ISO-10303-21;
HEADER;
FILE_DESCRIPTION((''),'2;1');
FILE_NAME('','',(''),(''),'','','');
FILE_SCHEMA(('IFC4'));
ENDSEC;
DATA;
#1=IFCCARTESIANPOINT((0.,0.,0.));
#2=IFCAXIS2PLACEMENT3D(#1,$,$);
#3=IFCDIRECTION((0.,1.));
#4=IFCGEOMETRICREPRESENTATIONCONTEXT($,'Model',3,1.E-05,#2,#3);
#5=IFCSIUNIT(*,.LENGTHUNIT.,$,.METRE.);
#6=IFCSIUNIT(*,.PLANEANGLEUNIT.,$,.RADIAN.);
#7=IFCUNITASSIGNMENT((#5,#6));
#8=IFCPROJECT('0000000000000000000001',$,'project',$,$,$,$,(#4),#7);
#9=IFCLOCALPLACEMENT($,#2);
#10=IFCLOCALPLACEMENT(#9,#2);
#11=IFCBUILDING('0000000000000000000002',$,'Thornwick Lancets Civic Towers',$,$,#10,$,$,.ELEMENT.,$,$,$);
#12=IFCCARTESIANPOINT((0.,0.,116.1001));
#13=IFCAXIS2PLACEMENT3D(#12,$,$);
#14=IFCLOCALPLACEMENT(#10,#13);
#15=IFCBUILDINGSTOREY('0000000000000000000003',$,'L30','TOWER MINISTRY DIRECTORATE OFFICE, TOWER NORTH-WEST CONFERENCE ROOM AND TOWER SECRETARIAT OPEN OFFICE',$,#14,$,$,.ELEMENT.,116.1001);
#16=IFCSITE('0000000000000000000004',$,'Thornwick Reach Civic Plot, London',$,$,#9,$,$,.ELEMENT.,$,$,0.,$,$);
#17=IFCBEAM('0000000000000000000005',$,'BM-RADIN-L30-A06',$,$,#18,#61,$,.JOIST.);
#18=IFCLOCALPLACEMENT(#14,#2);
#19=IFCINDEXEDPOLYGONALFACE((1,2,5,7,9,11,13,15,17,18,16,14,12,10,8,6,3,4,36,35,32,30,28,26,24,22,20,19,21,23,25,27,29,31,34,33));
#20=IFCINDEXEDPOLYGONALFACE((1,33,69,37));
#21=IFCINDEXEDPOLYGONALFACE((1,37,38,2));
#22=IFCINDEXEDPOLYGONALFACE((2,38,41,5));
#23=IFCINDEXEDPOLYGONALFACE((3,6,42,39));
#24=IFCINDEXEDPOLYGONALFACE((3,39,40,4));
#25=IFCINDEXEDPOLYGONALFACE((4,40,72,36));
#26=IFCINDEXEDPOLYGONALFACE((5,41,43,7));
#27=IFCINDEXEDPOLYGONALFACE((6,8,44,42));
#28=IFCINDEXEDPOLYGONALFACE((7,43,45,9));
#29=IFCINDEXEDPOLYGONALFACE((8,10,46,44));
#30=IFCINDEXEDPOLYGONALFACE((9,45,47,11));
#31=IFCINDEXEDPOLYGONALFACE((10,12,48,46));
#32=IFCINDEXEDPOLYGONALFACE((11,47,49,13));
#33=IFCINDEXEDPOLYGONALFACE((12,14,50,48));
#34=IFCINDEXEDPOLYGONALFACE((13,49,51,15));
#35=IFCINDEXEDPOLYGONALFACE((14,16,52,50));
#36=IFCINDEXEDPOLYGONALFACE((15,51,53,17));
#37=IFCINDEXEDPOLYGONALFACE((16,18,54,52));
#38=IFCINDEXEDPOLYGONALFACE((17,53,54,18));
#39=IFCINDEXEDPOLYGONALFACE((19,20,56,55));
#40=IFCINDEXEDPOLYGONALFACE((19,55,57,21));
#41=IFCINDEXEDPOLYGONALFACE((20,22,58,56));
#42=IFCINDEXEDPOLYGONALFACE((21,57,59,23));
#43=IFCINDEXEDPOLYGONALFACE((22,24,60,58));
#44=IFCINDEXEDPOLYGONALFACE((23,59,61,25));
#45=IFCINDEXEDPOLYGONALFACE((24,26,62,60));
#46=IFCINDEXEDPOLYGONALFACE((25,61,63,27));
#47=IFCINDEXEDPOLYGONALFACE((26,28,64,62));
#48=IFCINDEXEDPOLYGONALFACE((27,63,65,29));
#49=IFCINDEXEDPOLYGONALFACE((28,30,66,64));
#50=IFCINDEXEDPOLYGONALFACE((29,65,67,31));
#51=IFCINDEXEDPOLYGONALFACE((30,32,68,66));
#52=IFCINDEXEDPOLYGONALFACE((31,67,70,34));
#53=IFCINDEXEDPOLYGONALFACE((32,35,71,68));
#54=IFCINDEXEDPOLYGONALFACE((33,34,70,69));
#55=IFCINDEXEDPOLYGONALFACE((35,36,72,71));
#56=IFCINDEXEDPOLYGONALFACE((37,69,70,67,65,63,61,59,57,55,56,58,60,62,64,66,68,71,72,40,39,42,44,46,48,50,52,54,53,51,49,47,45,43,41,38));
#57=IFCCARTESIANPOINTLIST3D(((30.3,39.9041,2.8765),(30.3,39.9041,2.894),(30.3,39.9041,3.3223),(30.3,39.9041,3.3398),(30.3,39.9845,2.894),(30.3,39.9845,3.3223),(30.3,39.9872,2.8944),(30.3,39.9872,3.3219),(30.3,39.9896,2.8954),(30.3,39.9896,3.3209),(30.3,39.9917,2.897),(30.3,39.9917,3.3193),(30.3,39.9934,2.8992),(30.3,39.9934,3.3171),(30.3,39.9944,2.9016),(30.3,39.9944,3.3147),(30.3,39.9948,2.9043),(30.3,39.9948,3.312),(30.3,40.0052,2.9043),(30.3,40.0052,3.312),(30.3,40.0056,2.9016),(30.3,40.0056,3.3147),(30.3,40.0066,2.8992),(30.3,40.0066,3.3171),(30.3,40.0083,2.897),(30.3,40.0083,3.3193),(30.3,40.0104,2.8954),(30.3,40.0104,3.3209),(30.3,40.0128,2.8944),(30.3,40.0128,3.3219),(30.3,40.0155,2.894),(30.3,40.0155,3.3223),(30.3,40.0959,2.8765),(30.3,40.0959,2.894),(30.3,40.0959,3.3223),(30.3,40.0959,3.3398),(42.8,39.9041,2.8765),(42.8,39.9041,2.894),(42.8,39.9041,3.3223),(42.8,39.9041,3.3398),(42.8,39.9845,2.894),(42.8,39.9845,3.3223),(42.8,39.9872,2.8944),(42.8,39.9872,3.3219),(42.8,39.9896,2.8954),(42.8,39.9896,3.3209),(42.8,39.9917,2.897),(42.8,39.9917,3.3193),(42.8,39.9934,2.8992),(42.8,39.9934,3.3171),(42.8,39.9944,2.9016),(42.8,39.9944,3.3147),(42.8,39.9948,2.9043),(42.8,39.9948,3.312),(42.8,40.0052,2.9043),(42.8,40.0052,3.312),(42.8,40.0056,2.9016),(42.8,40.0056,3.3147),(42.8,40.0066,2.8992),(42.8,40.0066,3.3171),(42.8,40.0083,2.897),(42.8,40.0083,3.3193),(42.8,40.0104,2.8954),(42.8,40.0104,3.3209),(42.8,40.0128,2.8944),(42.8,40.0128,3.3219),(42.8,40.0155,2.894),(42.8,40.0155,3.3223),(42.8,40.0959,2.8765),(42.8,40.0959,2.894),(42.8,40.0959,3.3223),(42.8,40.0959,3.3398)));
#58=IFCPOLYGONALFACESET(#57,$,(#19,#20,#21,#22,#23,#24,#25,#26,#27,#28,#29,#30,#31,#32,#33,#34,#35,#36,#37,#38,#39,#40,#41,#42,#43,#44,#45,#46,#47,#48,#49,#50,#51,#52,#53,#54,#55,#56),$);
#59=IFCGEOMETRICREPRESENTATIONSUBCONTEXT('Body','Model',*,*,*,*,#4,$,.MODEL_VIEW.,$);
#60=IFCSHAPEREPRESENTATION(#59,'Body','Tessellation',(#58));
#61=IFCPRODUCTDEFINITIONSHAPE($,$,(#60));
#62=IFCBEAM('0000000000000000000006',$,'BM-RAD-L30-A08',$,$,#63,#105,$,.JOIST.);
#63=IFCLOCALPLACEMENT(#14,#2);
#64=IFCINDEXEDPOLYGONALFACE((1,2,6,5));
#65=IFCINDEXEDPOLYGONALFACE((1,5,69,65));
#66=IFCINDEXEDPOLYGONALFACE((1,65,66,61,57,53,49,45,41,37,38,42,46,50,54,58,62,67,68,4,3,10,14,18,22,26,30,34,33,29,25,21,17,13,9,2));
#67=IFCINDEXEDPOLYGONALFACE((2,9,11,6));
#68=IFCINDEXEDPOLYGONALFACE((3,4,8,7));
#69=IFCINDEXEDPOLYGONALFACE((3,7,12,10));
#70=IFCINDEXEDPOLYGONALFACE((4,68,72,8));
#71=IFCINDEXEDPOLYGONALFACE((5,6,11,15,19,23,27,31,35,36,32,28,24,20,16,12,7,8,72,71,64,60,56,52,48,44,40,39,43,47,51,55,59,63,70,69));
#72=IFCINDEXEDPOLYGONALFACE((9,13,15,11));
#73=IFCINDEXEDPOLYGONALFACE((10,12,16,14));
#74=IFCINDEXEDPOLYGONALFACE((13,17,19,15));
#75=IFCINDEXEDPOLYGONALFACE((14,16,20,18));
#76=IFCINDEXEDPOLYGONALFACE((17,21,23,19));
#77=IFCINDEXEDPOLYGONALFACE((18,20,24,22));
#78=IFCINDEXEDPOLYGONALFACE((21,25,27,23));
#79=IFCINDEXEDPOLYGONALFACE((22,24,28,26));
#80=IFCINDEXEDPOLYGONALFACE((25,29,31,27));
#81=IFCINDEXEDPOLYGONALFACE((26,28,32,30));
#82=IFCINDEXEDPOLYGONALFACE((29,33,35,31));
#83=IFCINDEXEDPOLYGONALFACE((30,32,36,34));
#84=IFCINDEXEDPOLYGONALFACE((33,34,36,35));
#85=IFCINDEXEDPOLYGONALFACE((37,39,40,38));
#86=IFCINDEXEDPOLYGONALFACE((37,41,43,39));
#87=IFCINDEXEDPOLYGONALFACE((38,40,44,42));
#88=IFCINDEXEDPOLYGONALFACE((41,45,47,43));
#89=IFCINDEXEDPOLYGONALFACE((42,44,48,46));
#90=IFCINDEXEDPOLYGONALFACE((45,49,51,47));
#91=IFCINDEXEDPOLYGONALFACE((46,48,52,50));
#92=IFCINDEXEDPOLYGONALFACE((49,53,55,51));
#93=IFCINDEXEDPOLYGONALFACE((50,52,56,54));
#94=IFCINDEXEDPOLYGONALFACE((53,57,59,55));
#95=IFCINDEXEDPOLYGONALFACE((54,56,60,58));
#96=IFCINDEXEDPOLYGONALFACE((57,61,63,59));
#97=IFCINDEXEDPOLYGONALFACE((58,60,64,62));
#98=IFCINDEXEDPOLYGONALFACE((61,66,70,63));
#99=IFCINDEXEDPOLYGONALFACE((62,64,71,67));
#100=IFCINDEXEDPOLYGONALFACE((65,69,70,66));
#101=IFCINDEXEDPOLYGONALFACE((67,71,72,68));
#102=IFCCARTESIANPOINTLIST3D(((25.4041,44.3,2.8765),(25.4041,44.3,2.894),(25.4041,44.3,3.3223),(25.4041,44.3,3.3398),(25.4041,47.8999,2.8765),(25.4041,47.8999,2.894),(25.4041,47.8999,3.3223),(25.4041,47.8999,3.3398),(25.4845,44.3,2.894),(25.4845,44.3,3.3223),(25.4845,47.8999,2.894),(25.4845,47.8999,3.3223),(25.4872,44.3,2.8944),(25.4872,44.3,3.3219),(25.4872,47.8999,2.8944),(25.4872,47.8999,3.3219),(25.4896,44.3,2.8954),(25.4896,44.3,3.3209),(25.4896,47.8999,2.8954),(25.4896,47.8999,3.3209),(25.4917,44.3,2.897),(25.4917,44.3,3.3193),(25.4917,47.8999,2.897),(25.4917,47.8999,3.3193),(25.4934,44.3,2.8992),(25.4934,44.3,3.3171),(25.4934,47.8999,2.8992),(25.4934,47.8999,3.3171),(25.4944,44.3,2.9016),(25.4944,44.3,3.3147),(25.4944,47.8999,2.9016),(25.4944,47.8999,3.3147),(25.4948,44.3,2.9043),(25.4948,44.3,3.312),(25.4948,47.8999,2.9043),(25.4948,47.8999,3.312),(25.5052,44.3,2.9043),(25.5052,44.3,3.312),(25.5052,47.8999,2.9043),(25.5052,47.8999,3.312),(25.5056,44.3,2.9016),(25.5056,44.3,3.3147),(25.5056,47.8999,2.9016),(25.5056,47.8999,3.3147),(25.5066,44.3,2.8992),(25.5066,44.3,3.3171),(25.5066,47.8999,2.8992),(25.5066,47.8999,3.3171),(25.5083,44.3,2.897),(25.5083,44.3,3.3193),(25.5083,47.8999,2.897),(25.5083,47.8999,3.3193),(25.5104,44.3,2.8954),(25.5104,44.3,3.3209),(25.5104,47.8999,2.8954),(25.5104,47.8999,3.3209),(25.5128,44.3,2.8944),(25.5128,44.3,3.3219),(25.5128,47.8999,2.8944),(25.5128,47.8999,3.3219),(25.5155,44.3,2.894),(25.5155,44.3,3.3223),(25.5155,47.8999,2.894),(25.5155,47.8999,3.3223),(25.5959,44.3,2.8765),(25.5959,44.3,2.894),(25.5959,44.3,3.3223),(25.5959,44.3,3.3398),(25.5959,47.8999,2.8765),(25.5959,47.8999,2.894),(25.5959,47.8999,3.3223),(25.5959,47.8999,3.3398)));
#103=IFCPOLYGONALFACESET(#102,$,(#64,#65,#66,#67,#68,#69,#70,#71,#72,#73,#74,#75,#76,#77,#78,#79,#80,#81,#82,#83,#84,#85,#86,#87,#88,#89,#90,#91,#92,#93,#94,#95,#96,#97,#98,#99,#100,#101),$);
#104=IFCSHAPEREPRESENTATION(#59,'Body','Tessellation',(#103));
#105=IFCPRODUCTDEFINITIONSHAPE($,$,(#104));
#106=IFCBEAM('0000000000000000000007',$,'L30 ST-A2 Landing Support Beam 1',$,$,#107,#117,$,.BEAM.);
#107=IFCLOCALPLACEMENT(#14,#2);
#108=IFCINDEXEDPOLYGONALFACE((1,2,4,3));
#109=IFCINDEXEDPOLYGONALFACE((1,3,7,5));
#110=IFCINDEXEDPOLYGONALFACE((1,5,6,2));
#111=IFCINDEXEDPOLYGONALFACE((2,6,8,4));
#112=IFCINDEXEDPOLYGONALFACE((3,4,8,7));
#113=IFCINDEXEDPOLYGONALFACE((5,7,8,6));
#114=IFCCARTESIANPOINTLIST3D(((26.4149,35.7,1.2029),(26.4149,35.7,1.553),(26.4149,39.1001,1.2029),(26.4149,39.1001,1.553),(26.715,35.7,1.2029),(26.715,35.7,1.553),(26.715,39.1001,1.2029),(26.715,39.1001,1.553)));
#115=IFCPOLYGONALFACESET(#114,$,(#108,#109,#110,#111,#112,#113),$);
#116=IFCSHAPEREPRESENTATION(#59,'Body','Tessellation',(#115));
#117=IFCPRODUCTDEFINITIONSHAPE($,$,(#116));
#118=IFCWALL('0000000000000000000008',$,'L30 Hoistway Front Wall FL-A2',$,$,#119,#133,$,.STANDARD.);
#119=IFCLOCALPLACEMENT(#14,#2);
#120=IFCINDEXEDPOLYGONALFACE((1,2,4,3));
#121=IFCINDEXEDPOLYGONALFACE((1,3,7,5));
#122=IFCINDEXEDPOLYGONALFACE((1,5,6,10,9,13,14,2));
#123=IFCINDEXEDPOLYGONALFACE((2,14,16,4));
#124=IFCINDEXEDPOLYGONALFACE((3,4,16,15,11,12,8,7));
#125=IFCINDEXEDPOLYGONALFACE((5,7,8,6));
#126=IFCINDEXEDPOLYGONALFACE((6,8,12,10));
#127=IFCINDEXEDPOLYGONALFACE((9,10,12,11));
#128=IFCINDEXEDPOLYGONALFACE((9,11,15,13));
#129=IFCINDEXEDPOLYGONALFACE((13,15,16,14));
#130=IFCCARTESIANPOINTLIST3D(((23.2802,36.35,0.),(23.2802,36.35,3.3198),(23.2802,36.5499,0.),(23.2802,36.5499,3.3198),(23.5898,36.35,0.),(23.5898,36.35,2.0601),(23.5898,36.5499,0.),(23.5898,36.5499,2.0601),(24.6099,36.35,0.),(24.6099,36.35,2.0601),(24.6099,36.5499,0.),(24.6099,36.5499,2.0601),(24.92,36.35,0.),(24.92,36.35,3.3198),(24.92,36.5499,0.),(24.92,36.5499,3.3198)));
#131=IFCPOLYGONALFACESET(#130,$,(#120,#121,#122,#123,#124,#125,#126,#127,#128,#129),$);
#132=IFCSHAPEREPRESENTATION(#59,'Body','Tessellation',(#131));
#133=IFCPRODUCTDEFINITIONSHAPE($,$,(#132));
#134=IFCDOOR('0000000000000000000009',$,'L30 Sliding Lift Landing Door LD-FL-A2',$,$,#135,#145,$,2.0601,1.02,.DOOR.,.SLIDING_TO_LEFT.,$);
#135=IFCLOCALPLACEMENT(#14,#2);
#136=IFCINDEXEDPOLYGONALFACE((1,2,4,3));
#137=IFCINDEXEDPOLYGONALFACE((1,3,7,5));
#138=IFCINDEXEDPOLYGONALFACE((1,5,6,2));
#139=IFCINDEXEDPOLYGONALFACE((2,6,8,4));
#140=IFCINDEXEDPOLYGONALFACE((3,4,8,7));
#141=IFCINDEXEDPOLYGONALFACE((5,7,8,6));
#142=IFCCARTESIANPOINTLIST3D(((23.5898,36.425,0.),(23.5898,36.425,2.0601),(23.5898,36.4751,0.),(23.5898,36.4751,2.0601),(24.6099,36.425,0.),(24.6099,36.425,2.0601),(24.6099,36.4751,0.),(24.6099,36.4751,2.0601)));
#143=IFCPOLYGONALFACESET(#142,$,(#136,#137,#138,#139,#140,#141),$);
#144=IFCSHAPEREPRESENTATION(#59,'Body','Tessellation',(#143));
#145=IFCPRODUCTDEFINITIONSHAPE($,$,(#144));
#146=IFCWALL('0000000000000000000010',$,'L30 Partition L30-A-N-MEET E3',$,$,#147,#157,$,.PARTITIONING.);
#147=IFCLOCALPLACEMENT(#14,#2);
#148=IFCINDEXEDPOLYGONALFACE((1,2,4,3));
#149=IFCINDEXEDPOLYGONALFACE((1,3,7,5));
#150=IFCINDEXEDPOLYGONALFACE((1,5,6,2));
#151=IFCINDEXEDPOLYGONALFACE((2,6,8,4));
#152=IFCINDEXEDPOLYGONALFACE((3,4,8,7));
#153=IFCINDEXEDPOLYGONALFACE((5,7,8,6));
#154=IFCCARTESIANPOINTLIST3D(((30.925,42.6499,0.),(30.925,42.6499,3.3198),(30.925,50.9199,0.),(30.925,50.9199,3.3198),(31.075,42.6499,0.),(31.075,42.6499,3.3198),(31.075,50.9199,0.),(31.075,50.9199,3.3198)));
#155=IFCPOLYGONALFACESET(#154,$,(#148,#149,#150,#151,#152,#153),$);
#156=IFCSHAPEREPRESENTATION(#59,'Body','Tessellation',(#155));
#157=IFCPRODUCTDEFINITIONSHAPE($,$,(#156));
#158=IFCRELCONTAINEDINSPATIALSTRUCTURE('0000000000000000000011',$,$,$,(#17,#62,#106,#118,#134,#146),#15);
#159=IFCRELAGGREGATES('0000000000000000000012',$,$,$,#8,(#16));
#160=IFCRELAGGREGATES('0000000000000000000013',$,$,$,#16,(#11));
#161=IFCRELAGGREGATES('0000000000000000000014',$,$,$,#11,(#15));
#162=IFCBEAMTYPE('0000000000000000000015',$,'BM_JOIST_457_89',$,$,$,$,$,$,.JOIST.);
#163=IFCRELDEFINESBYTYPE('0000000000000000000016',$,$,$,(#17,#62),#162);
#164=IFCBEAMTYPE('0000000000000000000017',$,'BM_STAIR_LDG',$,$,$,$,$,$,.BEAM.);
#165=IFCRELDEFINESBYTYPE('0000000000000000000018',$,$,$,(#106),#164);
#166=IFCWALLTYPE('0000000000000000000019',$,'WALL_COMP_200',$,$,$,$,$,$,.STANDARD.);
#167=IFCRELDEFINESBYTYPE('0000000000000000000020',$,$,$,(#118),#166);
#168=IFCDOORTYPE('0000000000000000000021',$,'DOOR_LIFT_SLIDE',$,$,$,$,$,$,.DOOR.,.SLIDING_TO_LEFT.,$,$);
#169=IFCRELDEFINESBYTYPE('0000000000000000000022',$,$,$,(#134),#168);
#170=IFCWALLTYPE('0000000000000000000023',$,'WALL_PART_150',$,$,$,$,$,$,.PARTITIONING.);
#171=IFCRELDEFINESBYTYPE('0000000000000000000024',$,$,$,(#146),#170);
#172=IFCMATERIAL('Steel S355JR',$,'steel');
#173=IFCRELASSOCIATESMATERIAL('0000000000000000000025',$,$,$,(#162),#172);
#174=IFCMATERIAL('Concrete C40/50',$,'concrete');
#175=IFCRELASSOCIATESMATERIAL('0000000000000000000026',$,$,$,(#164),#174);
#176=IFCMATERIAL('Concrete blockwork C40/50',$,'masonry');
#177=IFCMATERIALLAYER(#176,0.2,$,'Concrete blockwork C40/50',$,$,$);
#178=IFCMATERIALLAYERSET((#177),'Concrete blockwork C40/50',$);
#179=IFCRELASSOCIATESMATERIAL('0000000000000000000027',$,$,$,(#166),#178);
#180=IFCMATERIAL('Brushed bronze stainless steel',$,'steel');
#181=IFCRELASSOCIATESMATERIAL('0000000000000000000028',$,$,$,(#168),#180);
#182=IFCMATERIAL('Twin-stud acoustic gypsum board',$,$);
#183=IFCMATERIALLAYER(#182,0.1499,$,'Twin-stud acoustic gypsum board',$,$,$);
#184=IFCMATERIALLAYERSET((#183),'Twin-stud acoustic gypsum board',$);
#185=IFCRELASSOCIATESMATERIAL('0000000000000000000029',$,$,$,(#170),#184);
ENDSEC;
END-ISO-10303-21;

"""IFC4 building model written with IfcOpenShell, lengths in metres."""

from ifc_helpers import new_model, si_unit, direction, frame, frame_2d, origin, origin_2d, place, context, subcontext, project, spatial, rectangle, i_section, extrude, material, layer, layer_set, material_profile, profile_set, type_object, element, fill, save


model = new_model("IFC4")

# Units and contexts
model_context = context("Model", 3, precision=1e-05, world=origin(), true_north=direction((0.0, 1.0)))
body_context = subcontext(model_context, "Body", "Model", "MODEL_VIEW")
ifc_project = project(units=[si_unit("LENGTHUNIT", "METRE"), si_unit("PLANEANGLEUNIT", "RADIAN")], contexts=[model_context])

# Site, building, storey
site_placement = place(None, origin())
site = spatial("IfcSite", under=ifc_project, at=site_placement, Name="Thornwick Reach Civic Plot, London", CompositionType="ELEMENT", RefElevation=0.0)
building_placement = place(site_placement, origin())
building = spatial("IfcBuilding", under=site, at=building_placement, Name="Thornwick Lancets Civic Towers", CompositionType="ELEMENT")
storey_placement = place(building_placement, frame((0.0, 0.0, 116.1001)))
storey = spatial("IfcBuildingStorey", under=building, at=storey_placement, Name="L30", Description="TOWER MINISTRY DIRECTORATE OFFICE, TOWER NORTH-WEST CONFERENCE ROOM AND TOWER SECRETARIAT OPEN OFFICE", CompositionType="ELEMENT", Elevation=116.1001)

# Beams
ifc_material_1 = material(Name="Steel S355JR", Category="steel")
ifc_material_profile_1 = material_profile(ifc_material_1, i_section(OverallWidth=0.1919, OverallDepth=0.4634, WebThickness=0.0105, FlangeThickness=0.0176, FilletRadius=0.0103, at=origin_2d()), Name="UKB 457x191x89")
ifc_profile_set_1 = profile_set([ifc_material_profile_1], Name="Steel S355JR")
beam_type_1 = type_object("IfcBeamType", Name="BM_JOIST_457_89", PredefinedType="JOIST", material=ifc_profile_set_1)
beam_1_placement = place(storey_placement, frame((30.3, 40.0, 3.1082), z_axis=(1.0, 0.0, 0.0), x_axis=(0.0, 1.0, 0.0)))
element("IfcBeam", 1, at=beam_1_placement, inside=storey, type_object=beam_type_1, Name="BM-RADIN-L30-A06", PredefinedType="JOIST", context=body_context, shape_type="SweptSolid", body=[
    extrude(i_section(OverallWidth=0.1919, OverallDepth=0.4634, WebThickness=0.0105, FlangeThickness=0.0176, FilletRadius=0.0103, at=origin_2d()), origin(), (0.0, 0.0, 1.0), 12.5),
])
beam_2_placement = place(storey_placement, frame((25.5, 44.3, 3.1082), z_axis=(0.0, 1.0, 0.0), x_axis=(-1.0, 0.0, 0.0)))
element("IfcBeam", 2, at=beam_2_placement, inside=storey, type_object=beam_type_1, Name="BM-RAD-L30-A08", PredefinedType="JOIST", context=body_context, shape_type="SweptSolid", body=[
    extrude(i_section(OverallWidth=0.1919, OverallDepth=0.4634, WebThickness=0.0105, FlangeThickness=0.0176, FilletRadius=0.0103, at=origin_2d()), origin(), (0.0, 0.0, 1.0), 3.5999),
])
ifc_material_2 = material(Name="Concrete C40/50", Category="concrete")
ifc_material_profile_2 = material_profile(ifc_material_2, rectangle(XDim=0.3, YDim=0.3501, at=origin_2d()), Name="RC 300x350")
ifc_profile_set_2 = profile_set([ifc_material_profile_2], Name="Concrete C40/50")
beam_type_2 = type_object("IfcBeamType", Name="BM_STAIR_LDG", PredefinedType="BEAM", material=ifc_profile_set_2)
beam_3_placement = place(storey_placement, frame((26.5649, 39.1001, 1.3779), z_axis=(0.0, -1.0, 0.0), x_axis=(1.0, 0.0, 0.0)))
element("IfcBeam", 3, at=beam_3_placement, inside=storey, type_object=beam_type_2, Name="L30 ST-A2 Landing Support Beam 1", PredefinedType="BEAM", context=body_context, shape_type="SweptSolid", body=[
    extrude(rectangle(XDim=0.3, YDim=0.3501, at=origin_2d()), origin(), (0.0, 0.0, 1.0), 3.4001),
])

# Wall, opening, door
ifc_material_3 = material(Name="Concrete blockwork C40/50", Category="masonry")
ifc_layer_1 = layer(ifc_material_3, 0.2, Name="Concrete blockwork C40/50")
ifc_layer_set_1 = layer_set([ifc_layer_1], Name="Concrete blockwork C40/50")
wall_type_1 = type_object("IfcWallType", Name="WALL_COMP_200", PredefinedType="STANDARD", material=ifc_layer_set_1)
wall_1_placement = place(storey_placement, frame((24.9199, 36.45, 0.0), z_axis=(0.0, 0.0, 1.0), x_axis=(-1.0, 0.0, 0.0)))
wall_1 = element("IfcWall", 4, at=wall_1_placement, inside=storey, type_object=wall_type_1, Name="L30 Hoistway Front Wall FL-A2", PredefinedType="STANDARD", context=body_context, shape_type="SweptSolid", body=[
    extrude(rectangle(XDim=1.6399, YDim=0.2, at=frame_2d((0.8198, 0.0))), origin(), (0.0, 0.0, 1.0), 3.3198),
])
opening_1_placement = place(wall_1_placement, frame((0.3101, 0.0, 0.0)))
opening_1 = element("IfcOpeningElement", 5, at=opening_1_placement, cuts=wall_1, PredefinedType="OPENING", context=body_context, shape_type="SweptSolid", body=[
    extrude(rectangle(XDim=1.02, YDim=2.0601, at=frame_2d((0.51, 1.03))), frame((0.0, 0.1099, 0.0), z_axis=(0.0, -1.0, 0.0), x_axis=(1.0, 0.0, 0.0)), (0.0, 0.0, 1.0), 0.22),
])
ifc_material_4 = material(Name="Brushed bronze stainless steel", Category="steel")
door_type_1 = type_object("IfcDoorType", Name="DOOR_LIFT_SLIDE", OperationType="SLIDING_TO_LEFT", PredefinedType="DOOR", material=ifc_material_4)
door_1_placement = place(opening_1_placement, origin())
door_1 = element("IfcDoor", 6, at=door_1_placement, inside=storey, type_object=door_type_1, Name="L30 Sliding Lift Landing Door LD-FL-A2", OperationType="SLIDING_TO_LEFT", OverallHeight=2.0601, OverallWidth=1.02, PredefinedType="DOOR", context=body_context, shape_type="SweptSolid", body=[
    extrude(rectangle(XDim=1.02, YDim=2.0601, at=frame_2d((0.51, 1.03))), frame((0.0, 0.0249, 0.0), z_axis=(0.0, -1.0, 0.0), x_axis=(1.0, 0.0, 0.0)), (0.0, 0.0, 1.0), 0.05),
])
fill(opening_1, door_1)

# Wall
ifc_material_5 = material(Name="Twin-stud acoustic gypsum board")
ifc_layer_2 = layer(ifc_material_5, 0.1499, Name="Twin-stud acoustic gypsum board")
ifc_layer_set_2 = layer_set([ifc_layer_2], Name="Twin-stud acoustic gypsum board")
wall_type_2 = type_object("IfcWallType", Name="WALL_PART_150", PredefinedType="PARTITIONING", material=ifc_layer_set_2)
wall_2_placement = place(storey_placement, frame((31.0, 50.9199, 0.0), z_axis=(0.0, 0.0, 1.0), x_axis=(0.0, -1.0, 0.0)))
element("IfcWall", 7, at=wall_2_placement, inside=storey, type_object=wall_type_2, Name="L30 Partition L30-A-N-MEET E3", PredefinedType="PARTITIONING", context=body_context, shape_type="SweptSolid", body=[
    extrude(rectangle(XDim=8.27, YDim=0.1499, at=frame_2d((4.135, 0.0))), origin(), (0.0, 0.0, 1.0), 3.3198),
])

save(model, "model.ifc")
